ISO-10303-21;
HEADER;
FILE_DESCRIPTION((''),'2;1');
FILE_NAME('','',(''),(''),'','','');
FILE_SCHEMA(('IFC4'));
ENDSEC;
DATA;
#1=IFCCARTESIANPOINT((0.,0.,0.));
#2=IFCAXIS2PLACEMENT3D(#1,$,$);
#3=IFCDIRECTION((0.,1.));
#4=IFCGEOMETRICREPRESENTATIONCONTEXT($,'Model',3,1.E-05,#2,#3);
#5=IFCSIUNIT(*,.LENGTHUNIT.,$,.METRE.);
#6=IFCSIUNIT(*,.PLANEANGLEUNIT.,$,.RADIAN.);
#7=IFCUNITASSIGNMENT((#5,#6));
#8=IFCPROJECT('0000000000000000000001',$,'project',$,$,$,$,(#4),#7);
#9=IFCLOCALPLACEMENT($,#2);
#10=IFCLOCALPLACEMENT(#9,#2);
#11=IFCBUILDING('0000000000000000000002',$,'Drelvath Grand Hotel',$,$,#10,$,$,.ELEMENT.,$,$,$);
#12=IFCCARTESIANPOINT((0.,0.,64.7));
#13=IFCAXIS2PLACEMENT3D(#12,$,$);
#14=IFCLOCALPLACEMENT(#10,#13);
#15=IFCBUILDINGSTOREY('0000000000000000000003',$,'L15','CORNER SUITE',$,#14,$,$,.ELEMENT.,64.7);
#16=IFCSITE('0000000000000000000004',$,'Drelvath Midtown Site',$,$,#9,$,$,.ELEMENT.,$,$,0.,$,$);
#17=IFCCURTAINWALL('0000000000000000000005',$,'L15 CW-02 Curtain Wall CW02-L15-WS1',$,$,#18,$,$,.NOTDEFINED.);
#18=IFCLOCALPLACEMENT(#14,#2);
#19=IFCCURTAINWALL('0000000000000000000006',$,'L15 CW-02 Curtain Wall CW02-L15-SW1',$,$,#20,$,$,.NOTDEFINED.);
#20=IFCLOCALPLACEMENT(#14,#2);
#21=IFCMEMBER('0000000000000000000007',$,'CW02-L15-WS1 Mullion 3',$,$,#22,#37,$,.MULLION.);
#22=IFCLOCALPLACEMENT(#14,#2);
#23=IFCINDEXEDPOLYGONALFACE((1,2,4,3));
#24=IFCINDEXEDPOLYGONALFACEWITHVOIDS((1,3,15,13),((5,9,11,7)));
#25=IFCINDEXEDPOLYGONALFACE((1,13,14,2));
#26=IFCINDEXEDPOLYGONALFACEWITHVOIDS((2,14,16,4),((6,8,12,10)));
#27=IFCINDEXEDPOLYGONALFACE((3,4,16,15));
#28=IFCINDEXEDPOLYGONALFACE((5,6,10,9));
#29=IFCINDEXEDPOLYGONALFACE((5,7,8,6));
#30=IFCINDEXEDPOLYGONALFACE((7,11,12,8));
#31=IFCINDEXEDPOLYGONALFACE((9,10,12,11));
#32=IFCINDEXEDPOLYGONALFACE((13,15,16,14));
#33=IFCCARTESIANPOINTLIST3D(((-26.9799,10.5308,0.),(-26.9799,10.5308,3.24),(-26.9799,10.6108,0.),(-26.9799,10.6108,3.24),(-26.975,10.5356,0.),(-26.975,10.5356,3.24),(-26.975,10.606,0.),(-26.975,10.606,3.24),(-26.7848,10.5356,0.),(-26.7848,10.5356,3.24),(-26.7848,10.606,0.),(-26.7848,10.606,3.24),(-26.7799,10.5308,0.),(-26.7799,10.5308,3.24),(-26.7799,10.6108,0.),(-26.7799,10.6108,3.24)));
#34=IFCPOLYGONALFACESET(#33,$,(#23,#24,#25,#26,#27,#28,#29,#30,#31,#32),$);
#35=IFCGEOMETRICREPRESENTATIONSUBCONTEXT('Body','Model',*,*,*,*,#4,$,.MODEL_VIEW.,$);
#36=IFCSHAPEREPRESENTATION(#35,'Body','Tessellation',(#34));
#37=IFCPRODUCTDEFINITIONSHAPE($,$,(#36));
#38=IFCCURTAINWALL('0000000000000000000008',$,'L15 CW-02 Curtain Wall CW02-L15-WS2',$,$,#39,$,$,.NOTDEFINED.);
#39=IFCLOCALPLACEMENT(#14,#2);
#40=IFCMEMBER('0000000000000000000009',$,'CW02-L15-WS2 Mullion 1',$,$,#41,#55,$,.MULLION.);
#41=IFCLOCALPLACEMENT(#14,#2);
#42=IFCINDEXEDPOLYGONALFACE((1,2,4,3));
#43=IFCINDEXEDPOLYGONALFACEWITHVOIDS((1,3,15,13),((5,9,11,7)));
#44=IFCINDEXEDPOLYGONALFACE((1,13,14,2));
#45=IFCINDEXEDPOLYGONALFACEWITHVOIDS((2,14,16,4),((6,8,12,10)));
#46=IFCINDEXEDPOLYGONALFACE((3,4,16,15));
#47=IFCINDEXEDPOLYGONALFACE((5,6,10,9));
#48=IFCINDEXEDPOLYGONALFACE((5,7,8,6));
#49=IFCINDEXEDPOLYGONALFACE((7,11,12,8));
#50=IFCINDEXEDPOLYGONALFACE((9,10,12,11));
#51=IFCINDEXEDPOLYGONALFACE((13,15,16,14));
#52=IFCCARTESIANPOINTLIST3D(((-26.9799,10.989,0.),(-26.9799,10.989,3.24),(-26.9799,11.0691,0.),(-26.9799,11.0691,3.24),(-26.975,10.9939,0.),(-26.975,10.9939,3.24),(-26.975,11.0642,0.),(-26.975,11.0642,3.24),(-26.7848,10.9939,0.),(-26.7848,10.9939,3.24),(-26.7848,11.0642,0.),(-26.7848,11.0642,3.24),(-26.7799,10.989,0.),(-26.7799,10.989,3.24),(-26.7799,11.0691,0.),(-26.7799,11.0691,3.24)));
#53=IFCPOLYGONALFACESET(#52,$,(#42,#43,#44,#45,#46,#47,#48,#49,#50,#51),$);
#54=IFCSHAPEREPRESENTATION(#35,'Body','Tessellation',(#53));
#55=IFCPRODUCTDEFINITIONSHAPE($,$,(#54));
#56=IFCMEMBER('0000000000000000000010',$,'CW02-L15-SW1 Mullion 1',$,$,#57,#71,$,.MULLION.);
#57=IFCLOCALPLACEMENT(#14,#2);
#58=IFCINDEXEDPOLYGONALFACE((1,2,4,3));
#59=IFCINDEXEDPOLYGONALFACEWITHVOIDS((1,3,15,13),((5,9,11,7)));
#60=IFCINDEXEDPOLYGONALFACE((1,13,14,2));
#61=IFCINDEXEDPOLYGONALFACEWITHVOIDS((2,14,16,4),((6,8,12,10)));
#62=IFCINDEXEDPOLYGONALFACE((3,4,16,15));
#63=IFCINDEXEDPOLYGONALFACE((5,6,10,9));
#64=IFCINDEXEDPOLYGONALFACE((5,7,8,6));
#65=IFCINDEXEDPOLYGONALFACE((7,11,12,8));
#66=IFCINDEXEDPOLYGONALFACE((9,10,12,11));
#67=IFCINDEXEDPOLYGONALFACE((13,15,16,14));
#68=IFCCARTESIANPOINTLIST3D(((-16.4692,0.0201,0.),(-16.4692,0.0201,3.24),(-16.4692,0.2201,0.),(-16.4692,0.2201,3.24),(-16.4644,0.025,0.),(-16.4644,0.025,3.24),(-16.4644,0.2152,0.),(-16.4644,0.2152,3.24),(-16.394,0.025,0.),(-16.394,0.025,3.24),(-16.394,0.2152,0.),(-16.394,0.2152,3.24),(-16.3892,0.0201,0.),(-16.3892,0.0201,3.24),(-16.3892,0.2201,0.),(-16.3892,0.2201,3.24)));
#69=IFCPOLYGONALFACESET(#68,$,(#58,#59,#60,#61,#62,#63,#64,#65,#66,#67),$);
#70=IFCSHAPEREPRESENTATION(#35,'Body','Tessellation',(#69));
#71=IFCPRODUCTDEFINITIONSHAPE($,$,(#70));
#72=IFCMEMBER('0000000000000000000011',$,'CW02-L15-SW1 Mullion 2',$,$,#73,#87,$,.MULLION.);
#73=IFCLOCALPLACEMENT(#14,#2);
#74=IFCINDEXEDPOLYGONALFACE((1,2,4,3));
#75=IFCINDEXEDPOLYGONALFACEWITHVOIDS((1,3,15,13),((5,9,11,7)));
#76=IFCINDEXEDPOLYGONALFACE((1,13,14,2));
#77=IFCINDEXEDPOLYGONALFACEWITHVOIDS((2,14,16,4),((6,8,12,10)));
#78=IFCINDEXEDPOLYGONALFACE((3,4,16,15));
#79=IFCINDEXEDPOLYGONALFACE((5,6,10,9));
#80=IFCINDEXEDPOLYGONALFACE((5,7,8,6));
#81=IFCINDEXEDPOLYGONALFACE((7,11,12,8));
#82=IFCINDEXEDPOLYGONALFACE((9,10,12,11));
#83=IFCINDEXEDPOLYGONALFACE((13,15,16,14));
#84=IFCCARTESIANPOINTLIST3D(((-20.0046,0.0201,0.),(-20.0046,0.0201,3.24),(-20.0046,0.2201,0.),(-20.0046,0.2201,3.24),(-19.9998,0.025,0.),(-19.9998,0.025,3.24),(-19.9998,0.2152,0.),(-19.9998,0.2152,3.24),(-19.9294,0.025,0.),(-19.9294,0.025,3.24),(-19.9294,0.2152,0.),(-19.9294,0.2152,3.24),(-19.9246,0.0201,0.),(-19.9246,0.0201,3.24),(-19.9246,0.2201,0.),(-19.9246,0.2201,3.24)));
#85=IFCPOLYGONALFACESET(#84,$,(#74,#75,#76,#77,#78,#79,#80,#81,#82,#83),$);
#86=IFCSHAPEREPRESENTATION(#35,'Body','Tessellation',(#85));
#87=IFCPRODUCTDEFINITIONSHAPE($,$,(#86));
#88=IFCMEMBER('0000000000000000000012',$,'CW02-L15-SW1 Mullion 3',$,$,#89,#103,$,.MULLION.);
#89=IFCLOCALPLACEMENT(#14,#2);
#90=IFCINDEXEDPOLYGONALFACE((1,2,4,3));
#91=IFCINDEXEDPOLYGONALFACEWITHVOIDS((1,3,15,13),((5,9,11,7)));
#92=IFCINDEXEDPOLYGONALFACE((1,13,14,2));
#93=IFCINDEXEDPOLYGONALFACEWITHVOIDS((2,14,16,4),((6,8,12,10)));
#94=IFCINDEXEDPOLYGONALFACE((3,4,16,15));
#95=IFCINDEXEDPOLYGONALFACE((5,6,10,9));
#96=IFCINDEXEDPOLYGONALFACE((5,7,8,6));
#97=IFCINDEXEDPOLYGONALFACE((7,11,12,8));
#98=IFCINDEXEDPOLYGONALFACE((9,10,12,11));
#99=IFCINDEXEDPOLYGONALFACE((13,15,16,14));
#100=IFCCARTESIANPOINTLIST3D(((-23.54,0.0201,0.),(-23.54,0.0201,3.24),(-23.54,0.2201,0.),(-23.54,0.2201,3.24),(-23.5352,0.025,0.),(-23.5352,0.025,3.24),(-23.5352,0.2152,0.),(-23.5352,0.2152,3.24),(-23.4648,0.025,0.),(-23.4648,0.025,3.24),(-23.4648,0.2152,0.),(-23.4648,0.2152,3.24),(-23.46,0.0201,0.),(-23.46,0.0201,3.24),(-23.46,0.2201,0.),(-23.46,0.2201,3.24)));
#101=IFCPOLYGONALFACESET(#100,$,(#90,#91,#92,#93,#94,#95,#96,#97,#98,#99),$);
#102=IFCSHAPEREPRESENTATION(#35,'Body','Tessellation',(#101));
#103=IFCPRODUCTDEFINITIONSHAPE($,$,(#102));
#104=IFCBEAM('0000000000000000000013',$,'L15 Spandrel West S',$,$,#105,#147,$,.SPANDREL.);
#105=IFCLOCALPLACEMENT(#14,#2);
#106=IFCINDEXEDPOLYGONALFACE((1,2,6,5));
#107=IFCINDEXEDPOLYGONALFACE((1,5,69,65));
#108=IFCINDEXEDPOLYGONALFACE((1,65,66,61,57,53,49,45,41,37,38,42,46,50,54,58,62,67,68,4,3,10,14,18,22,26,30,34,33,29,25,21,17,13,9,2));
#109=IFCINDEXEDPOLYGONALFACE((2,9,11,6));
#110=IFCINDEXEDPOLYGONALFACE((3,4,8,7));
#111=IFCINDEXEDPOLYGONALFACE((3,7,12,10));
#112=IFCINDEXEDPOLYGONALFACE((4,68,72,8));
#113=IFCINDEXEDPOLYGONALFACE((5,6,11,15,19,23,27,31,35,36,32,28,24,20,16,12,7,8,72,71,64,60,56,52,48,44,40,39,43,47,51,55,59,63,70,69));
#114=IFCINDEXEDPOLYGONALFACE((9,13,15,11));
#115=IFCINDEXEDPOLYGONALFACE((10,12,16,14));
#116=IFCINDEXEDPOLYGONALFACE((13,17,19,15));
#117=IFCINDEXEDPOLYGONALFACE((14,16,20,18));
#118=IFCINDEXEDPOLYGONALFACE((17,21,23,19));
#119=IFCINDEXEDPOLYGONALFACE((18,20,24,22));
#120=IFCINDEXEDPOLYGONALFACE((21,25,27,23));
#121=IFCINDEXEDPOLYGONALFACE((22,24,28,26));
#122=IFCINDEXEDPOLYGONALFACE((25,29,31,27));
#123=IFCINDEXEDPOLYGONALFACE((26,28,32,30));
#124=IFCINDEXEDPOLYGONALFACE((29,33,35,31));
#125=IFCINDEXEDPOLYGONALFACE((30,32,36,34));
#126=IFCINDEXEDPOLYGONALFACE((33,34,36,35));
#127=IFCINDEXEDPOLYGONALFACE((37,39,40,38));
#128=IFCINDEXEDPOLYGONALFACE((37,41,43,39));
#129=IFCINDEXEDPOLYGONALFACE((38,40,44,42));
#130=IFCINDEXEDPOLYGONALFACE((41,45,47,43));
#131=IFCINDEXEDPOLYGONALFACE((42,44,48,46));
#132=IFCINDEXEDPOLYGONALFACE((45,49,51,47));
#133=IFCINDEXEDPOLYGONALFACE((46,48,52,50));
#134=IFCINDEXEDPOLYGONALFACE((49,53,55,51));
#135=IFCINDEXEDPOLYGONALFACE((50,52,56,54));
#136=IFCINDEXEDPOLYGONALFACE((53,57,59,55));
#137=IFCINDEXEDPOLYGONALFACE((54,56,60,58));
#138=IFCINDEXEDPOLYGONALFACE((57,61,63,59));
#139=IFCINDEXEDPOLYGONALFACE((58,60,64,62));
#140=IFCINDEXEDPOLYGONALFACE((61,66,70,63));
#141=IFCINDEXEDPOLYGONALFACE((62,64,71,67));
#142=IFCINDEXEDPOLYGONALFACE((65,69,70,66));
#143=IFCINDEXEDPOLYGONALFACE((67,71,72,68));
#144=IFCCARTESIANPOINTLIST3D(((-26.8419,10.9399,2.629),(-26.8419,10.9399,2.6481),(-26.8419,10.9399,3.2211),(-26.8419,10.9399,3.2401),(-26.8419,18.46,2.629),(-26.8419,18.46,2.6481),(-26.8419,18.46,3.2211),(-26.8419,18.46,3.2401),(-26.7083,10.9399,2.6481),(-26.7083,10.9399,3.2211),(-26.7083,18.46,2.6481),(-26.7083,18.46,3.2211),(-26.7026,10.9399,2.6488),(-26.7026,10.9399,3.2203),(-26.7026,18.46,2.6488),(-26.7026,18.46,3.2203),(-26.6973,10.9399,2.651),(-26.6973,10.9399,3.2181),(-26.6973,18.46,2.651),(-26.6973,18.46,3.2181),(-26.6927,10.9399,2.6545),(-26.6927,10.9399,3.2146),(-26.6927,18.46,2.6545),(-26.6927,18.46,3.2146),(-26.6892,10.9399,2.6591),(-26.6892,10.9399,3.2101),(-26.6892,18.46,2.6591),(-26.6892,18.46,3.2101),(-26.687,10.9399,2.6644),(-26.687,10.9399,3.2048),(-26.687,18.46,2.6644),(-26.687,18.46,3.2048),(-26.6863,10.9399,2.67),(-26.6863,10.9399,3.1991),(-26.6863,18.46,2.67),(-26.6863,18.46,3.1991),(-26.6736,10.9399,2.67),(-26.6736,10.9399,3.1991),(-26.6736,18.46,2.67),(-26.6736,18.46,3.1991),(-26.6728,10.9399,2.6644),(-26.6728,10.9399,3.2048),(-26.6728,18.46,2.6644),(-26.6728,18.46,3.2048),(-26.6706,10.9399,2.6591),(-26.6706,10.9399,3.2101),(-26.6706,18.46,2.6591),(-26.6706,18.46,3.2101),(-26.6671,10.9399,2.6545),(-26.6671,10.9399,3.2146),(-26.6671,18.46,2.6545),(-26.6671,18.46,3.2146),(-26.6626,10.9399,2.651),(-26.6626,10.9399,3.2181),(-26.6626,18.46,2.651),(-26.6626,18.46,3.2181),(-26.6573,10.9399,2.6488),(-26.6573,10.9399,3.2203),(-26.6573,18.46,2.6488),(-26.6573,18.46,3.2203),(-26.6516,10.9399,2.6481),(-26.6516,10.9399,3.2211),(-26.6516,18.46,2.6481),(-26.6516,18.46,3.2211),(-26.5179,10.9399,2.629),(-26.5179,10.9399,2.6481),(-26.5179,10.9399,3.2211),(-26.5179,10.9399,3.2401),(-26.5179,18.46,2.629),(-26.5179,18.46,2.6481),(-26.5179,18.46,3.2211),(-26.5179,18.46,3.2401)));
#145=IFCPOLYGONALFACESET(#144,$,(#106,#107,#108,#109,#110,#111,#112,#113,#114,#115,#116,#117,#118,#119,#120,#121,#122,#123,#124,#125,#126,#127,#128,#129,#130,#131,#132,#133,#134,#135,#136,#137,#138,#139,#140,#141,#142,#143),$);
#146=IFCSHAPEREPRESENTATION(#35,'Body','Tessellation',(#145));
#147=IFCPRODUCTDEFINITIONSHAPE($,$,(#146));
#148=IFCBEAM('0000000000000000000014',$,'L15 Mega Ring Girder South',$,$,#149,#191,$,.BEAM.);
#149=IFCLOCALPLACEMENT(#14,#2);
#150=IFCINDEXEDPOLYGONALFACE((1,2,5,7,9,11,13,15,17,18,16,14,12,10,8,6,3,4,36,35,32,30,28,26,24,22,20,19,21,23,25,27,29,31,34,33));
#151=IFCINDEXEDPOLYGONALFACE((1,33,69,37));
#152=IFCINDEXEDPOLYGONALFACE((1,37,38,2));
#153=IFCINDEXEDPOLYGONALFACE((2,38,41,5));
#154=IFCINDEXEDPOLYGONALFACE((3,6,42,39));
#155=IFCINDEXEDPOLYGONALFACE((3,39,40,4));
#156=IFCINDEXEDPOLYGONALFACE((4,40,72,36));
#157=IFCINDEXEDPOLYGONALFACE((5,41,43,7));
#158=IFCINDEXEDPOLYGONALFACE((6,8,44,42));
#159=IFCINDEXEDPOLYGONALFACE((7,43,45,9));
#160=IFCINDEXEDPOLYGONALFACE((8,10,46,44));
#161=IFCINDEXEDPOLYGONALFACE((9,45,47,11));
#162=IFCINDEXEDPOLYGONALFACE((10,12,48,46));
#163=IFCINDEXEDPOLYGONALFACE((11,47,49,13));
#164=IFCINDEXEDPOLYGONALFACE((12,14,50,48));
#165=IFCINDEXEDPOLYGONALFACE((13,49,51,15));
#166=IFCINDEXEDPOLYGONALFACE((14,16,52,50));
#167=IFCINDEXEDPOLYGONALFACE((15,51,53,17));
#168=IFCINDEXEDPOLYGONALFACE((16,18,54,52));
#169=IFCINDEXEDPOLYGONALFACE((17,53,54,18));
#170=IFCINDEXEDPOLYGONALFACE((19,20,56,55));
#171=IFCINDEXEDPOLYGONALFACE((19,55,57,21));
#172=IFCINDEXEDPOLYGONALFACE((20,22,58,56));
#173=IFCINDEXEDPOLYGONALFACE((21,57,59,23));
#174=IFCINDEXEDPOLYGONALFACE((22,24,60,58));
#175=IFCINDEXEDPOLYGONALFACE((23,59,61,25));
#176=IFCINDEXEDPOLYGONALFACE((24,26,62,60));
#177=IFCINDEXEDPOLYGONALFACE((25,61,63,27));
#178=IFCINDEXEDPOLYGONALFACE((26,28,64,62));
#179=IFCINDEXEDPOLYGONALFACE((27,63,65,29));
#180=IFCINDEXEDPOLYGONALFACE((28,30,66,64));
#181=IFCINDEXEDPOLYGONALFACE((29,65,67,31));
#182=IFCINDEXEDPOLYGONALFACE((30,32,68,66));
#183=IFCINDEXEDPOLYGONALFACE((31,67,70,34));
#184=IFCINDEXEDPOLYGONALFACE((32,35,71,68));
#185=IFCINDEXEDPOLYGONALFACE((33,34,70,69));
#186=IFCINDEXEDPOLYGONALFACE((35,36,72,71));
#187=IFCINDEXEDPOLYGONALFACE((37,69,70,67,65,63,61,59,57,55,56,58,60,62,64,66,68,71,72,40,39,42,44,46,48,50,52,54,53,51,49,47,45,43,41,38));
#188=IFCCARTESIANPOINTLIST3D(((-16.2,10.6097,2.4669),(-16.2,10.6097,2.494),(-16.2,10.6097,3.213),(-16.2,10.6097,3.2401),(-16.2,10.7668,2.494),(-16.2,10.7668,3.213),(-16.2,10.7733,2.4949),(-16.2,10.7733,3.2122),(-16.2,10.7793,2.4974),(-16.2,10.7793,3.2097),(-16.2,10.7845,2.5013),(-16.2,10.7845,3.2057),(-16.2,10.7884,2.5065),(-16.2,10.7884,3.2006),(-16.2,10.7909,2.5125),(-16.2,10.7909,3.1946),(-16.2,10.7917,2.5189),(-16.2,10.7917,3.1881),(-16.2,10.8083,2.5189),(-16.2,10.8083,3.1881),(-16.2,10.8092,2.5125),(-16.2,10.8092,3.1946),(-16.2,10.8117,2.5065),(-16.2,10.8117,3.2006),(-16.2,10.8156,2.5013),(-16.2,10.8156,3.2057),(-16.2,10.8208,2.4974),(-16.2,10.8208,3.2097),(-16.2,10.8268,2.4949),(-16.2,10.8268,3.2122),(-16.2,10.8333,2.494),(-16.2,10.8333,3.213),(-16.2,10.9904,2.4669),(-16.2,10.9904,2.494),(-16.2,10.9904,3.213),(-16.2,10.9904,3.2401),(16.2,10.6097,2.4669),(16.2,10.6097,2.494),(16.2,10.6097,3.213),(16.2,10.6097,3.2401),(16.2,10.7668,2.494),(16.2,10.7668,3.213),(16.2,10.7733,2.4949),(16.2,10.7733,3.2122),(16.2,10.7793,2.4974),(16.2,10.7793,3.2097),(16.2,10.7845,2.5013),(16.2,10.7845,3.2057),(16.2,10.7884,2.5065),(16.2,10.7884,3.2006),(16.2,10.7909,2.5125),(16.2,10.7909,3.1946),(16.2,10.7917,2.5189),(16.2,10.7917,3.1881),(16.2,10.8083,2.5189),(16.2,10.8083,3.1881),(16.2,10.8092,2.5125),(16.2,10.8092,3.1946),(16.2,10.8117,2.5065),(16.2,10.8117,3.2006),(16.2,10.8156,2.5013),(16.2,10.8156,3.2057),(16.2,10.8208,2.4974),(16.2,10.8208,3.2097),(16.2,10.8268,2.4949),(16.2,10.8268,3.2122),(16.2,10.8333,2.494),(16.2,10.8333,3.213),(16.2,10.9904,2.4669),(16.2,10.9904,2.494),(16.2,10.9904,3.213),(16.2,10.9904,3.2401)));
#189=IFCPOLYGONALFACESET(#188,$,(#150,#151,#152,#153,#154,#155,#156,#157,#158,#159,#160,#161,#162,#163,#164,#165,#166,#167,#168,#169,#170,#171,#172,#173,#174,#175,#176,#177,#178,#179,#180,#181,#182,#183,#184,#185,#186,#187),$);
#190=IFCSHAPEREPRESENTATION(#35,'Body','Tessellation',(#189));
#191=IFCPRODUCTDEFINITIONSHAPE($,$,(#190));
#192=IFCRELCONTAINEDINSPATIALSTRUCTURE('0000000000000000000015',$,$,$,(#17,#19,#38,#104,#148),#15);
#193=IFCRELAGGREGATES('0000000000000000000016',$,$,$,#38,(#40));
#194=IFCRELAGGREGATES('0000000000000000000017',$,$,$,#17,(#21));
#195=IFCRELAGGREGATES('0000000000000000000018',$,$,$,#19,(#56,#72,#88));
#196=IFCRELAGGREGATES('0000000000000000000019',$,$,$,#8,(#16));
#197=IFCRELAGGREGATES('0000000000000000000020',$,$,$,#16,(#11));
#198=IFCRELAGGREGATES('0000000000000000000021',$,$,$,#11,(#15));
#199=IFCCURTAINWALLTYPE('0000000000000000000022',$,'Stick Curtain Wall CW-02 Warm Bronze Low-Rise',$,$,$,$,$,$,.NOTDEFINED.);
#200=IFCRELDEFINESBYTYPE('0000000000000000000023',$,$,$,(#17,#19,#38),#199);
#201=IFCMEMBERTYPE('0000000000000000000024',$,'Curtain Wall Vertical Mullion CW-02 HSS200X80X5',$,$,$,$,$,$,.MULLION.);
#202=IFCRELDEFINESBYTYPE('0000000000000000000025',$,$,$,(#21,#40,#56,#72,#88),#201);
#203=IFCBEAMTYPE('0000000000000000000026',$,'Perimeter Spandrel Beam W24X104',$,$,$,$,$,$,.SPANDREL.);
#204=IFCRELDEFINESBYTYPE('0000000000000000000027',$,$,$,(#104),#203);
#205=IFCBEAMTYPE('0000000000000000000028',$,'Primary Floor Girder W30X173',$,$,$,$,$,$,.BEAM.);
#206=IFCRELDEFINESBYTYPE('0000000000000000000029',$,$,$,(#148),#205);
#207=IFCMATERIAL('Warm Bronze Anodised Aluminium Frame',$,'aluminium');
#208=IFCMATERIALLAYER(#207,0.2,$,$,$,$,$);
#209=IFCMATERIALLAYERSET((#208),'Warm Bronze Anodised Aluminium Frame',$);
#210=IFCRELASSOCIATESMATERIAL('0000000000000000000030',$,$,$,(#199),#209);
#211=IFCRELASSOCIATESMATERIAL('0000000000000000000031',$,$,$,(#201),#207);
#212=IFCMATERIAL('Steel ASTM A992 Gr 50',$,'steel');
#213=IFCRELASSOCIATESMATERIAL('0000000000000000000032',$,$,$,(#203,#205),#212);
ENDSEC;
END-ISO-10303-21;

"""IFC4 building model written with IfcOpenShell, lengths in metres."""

from ifc_helpers import new_model, si_unit, direction, frame, origin, origin_2d, place, context, subcontext, project, spatial, hollow_rectangle, i_section, extrude, material, layer, layer_set, material_profile, profile_set, type_object, element, aggregate, save


model = new_model("IFC4")

# Units and contexts
model_context = context("Model", 3, precision=1e-05, world=origin(), true_north=direction((0.0, 1.0)))
body_context = subcontext(model_context, "Body", "Model", "MODEL_VIEW")
ifc_project = project(units=[si_unit("LENGTHUNIT", "METRE"), si_unit("PLANEANGLEUNIT", "RADIAN")], contexts=[model_context])

# Site, building, storey
site_placement = place(None, origin())
site = spatial("IfcSite", under=ifc_project, at=site_placement, Name="Drelvath Midtown Site", CompositionType="ELEMENT", RefElevation=0.0)
building_placement = place(site_placement, origin())
building = spatial("IfcBuilding", under=site, at=building_placement, Name="Drelvath Grand Hotel", CompositionType="ELEMENT")
storey_placement = place(building_placement, frame((0.0, 0.0, 64.7)))
storey = spatial("IfcBuildingStorey", under=building, at=storey_placement, Name="L15", Description="CORNER SUITE", CompositionType="ELEMENT", Elevation=64.7)

# Curtain walls
ifc_material_1 = material(Name="Warm Bronze Anodised Aluminium Frame", Category="aluminium")
ifc_layer_1 = layer(ifc_material_1, 0.2)
ifc_layer_set_1 = layer_set([ifc_layer_1], Name="Warm Bronze Anodised Aluminium Frame")
curtain_wall_type = type_object("IfcCurtainWallType", Name="Stick Curtain Wall CW-02 Warm Bronze Low-Rise", PredefinedType="NOTDEFINED", material=ifc_layer_set_1)
curtain_wall_1_placement = place(storey_placement, origin())
curtain_wall_1 = element("IfcCurtainWall", 1, at=curtain_wall_1_placement, inside=storey, type_object=curtain_wall_type, Name="L15 CW-02 Curtain Wall CW02-L15-WS1", PredefinedType="NOTDEFINED")
curtain_wall_2_placement = place(storey_placement, origin())
curtain_wall_2 = element("IfcCurtainWall", 2, at=curtain_wall_2_placement, inside=storey, type_object=curtain_wall_type, Name="L15 CW-02 Curtain Wall CW02-L15-SW1", PredefinedType="NOTDEFINED")

# Member
ifc_material_profile_1 = material_profile(ifc_material_1, hollow_rectangle(XDim=0.0801, YDim=0.2, WallThickness=0.0049, at=origin_2d()), Name="HSS200X80X5")
ifc_profile_set_1 = profile_set([ifc_material_profile_1], Name="Warm Bronze Anodised Aluminium Frame")
member_type_1 = type_object("IfcMemberType", Name="Curtain Wall Vertical Mullion CW-02 HSS200X80X5", PredefinedType="MULLION", material=ifc_profile_set_1)
member_1_placement = place(storey_placement, frame((-26.8799, 10.5708, 0.0), z_axis=(0.0, 0.0, 1.0), x_axis=(0.0, 1.0, 0.0)))
member_1 = element("IfcMember", 3, at=member_1_placement, type_object=member_type_1, Name="CW02-L15-WS1 Mullion 3", PredefinedType="MULLION", context=body_context, shape_type="SweptSolid", body=[
    extrude(hollow_rectangle(XDim=0.0801, YDim=0.2, WallThickness=0.0049, at=origin_2d()), origin(), (0.0, 0.0, 1.0), 3.24),
])

# Curtain wall, member
curtain_wall_3_placement = place(storey_placement, origin())
curtain_wall_3 = element("IfcCurtainWall", 4, at=curtain_wall_3_placement, inside=storey, type_object=curtain_wall_type, Name="L15 CW-02 Curtain Wall CW02-L15-WS2", PredefinedType="NOTDEFINED")
member_2_placement = place(storey_placement, frame((-26.8799, 11.0291, 0.0), z_axis=(0.0, 0.0, 1.0), x_axis=(0.0, 1.0, 0.0)))
member_2 = element("IfcMember", 5, at=member_2_placement, type_object=member_type_1, Name="CW02-L15-WS2 Mullion 1", PredefinedType="MULLION", context=body_context, shape_type="SweptSolid", body=[
    extrude(hollow_rectangle(XDim=0.0801, YDim=0.2, WallThickness=0.0049, at=origin_2d()), origin(), (0.0, 0.0, 1.0), 3.24),
])
aggregate(curtain_wall_3, [member_2])

# Members
member_3_placement = place(storey_placement, frame((-16.4292, 0.1201, 0.0), z_axis=(0.0, 0.0, 1.0), x_axis=(1.0, 0.0, 0.0)))
member_3 = element("IfcMember", 6, at=member_3_placement, type_object=member_type_1, Name="CW02-L15-SW1 Mullion 1", PredefinedType="MULLION", context=body_context, shape_type="SweptSolid", body=[
    extrude(hollow_rectangle(XDim=0.0801, YDim=0.2, WallThickness=0.0049, at=origin_2d()), origin(), (0.0, 0.0, 1.0), 3.24),
])
member_4_placement = place(storey_placement, frame((-19.9646, 0.1201, 0.0), z_axis=(0.0, 0.0, 1.0), x_axis=(1.0, 0.0, 0.0)))
member_4 = element("IfcMember", 7, at=member_4_placement, type_object=member_type_1, Name="CW02-L15-SW1 Mullion 2", PredefinedType="MULLION", context=body_context, shape_type="SweptSolid", body=[
    extrude(hollow_rectangle(XDim=0.0801, YDim=0.2, WallThickness=0.0049, at=origin_2d()), origin(), (0.0, 0.0, 1.0), 3.24),
])
member_5_placement = place(storey_placement, frame((-23.5, 0.1201, 0.0), z_axis=(0.0, 0.0, 1.0), x_axis=(1.0, 0.0, 0.0)))
member_5 = element("IfcMember", 8, at=member_5_placement, type_object=member_type_1, Name="CW02-L15-SW1 Mullion 3", PredefinedType="MULLION", context=body_context, shape_type="SweptSolid", body=[
    extrude(hollow_rectangle(XDim=0.0801, YDim=0.2, WallThickness=0.0049, at=origin_2d()), origin(), (0.0, 0.0, 1.0), 3.24),
])

# Beams
ifc_material_2 = material(Name="Steel ASTM A992 Gr 50", Category="steel")
ifc_material_profile_2 = material_profile(ifc_material_2, i_section(OverallWidth=0.324, OverallDepth=0.6111, WebThickness=0.0127, FlangeThickness=0.019, FilletRadius=0.022, at=origin_2d()), Name="W24X104")
ifc_profile_set_2 = profile_set([ifc_material_profile_2], Name="Steel ASTM A992 Gr 50")
beam_type_1 = type_object("IfcBeamType", Name="Perimeter Spandrel Beam W24X104", PredefinedType="SPANDREL", material=ifc_profile_set_2)
beam_placement = place(storey_placement, frame((-26.6799, 10.9399, 2.9346), z_axis=(0.0, 1.0, 0.0), x_axis=(-1.0, 0.0, 0.0)))
element("IfcBeam", 9, at=beam_placement, inside=storey, type_object=beam_type_1, Name="L15 Spandrel West S", PredefinedType="SPANDREL", context=body_context, shape_type="SweptSolid", body=[
    extrude(i_section(OverallWidth=0.324, OverallDepth=0.6111, WebThickness=0.0127, FlangeThickness=0.019, FilletRadius=0.022, at=origin_2d()), origin(), (0.0, 0.0, 1.0), 7.52),
])
ifc_material_profile_3 = material_profile(ifc_material_2, i_section(OverallWidth=0.3806, OverallDepth=0.7732, WebThickness=0.0166, FlangeThickness=0.0271, FilletRadius=0.0249, at=origin_2d()), Name="W30X173")
ifc_profile_set_3 = profile_set([ifc_material_profile_3], Name="Steel ASTM A992 Gr 50")
beam_type_2 = type_object("IfcBeamType", Name="Primary Floor Girder W30X173", PredefinedType="BEAM", material=ifc_profile_set_3)
for number, where, z_axis, x_axis, name in (
    (10, (-16.2, 10.8, 2.8535), (1.0, 0.0, 0.0), (0.0, 1.0, 0.0), "L15 Mega Ring Girder South"),
):
    element("IfcBeam", number, at=place(storey_placement, frame(where, z_axis=z_axis, x_axis=x_axis)), inside=storey, type_object=beam_type_2, Name=name, PredefinedType="BEAM", context=body_context, shape_type="SweptSolid", body=[
        extrude(i_section(OverallWidth=0.3806, OverallDepth=0.7732, WebThickness=0.0166, FlangeThickness=0.0271, FilletRadius=0.0249, at=origin_2d()), origin(), (0.0, 0.0, 1.0), 32.3999),
    ])

aggregate(curtain_wall_1, [member_1])
aggregate(curtain_wall_2, [member_3, member_4, member_5])

save(model, "model.ifc")
